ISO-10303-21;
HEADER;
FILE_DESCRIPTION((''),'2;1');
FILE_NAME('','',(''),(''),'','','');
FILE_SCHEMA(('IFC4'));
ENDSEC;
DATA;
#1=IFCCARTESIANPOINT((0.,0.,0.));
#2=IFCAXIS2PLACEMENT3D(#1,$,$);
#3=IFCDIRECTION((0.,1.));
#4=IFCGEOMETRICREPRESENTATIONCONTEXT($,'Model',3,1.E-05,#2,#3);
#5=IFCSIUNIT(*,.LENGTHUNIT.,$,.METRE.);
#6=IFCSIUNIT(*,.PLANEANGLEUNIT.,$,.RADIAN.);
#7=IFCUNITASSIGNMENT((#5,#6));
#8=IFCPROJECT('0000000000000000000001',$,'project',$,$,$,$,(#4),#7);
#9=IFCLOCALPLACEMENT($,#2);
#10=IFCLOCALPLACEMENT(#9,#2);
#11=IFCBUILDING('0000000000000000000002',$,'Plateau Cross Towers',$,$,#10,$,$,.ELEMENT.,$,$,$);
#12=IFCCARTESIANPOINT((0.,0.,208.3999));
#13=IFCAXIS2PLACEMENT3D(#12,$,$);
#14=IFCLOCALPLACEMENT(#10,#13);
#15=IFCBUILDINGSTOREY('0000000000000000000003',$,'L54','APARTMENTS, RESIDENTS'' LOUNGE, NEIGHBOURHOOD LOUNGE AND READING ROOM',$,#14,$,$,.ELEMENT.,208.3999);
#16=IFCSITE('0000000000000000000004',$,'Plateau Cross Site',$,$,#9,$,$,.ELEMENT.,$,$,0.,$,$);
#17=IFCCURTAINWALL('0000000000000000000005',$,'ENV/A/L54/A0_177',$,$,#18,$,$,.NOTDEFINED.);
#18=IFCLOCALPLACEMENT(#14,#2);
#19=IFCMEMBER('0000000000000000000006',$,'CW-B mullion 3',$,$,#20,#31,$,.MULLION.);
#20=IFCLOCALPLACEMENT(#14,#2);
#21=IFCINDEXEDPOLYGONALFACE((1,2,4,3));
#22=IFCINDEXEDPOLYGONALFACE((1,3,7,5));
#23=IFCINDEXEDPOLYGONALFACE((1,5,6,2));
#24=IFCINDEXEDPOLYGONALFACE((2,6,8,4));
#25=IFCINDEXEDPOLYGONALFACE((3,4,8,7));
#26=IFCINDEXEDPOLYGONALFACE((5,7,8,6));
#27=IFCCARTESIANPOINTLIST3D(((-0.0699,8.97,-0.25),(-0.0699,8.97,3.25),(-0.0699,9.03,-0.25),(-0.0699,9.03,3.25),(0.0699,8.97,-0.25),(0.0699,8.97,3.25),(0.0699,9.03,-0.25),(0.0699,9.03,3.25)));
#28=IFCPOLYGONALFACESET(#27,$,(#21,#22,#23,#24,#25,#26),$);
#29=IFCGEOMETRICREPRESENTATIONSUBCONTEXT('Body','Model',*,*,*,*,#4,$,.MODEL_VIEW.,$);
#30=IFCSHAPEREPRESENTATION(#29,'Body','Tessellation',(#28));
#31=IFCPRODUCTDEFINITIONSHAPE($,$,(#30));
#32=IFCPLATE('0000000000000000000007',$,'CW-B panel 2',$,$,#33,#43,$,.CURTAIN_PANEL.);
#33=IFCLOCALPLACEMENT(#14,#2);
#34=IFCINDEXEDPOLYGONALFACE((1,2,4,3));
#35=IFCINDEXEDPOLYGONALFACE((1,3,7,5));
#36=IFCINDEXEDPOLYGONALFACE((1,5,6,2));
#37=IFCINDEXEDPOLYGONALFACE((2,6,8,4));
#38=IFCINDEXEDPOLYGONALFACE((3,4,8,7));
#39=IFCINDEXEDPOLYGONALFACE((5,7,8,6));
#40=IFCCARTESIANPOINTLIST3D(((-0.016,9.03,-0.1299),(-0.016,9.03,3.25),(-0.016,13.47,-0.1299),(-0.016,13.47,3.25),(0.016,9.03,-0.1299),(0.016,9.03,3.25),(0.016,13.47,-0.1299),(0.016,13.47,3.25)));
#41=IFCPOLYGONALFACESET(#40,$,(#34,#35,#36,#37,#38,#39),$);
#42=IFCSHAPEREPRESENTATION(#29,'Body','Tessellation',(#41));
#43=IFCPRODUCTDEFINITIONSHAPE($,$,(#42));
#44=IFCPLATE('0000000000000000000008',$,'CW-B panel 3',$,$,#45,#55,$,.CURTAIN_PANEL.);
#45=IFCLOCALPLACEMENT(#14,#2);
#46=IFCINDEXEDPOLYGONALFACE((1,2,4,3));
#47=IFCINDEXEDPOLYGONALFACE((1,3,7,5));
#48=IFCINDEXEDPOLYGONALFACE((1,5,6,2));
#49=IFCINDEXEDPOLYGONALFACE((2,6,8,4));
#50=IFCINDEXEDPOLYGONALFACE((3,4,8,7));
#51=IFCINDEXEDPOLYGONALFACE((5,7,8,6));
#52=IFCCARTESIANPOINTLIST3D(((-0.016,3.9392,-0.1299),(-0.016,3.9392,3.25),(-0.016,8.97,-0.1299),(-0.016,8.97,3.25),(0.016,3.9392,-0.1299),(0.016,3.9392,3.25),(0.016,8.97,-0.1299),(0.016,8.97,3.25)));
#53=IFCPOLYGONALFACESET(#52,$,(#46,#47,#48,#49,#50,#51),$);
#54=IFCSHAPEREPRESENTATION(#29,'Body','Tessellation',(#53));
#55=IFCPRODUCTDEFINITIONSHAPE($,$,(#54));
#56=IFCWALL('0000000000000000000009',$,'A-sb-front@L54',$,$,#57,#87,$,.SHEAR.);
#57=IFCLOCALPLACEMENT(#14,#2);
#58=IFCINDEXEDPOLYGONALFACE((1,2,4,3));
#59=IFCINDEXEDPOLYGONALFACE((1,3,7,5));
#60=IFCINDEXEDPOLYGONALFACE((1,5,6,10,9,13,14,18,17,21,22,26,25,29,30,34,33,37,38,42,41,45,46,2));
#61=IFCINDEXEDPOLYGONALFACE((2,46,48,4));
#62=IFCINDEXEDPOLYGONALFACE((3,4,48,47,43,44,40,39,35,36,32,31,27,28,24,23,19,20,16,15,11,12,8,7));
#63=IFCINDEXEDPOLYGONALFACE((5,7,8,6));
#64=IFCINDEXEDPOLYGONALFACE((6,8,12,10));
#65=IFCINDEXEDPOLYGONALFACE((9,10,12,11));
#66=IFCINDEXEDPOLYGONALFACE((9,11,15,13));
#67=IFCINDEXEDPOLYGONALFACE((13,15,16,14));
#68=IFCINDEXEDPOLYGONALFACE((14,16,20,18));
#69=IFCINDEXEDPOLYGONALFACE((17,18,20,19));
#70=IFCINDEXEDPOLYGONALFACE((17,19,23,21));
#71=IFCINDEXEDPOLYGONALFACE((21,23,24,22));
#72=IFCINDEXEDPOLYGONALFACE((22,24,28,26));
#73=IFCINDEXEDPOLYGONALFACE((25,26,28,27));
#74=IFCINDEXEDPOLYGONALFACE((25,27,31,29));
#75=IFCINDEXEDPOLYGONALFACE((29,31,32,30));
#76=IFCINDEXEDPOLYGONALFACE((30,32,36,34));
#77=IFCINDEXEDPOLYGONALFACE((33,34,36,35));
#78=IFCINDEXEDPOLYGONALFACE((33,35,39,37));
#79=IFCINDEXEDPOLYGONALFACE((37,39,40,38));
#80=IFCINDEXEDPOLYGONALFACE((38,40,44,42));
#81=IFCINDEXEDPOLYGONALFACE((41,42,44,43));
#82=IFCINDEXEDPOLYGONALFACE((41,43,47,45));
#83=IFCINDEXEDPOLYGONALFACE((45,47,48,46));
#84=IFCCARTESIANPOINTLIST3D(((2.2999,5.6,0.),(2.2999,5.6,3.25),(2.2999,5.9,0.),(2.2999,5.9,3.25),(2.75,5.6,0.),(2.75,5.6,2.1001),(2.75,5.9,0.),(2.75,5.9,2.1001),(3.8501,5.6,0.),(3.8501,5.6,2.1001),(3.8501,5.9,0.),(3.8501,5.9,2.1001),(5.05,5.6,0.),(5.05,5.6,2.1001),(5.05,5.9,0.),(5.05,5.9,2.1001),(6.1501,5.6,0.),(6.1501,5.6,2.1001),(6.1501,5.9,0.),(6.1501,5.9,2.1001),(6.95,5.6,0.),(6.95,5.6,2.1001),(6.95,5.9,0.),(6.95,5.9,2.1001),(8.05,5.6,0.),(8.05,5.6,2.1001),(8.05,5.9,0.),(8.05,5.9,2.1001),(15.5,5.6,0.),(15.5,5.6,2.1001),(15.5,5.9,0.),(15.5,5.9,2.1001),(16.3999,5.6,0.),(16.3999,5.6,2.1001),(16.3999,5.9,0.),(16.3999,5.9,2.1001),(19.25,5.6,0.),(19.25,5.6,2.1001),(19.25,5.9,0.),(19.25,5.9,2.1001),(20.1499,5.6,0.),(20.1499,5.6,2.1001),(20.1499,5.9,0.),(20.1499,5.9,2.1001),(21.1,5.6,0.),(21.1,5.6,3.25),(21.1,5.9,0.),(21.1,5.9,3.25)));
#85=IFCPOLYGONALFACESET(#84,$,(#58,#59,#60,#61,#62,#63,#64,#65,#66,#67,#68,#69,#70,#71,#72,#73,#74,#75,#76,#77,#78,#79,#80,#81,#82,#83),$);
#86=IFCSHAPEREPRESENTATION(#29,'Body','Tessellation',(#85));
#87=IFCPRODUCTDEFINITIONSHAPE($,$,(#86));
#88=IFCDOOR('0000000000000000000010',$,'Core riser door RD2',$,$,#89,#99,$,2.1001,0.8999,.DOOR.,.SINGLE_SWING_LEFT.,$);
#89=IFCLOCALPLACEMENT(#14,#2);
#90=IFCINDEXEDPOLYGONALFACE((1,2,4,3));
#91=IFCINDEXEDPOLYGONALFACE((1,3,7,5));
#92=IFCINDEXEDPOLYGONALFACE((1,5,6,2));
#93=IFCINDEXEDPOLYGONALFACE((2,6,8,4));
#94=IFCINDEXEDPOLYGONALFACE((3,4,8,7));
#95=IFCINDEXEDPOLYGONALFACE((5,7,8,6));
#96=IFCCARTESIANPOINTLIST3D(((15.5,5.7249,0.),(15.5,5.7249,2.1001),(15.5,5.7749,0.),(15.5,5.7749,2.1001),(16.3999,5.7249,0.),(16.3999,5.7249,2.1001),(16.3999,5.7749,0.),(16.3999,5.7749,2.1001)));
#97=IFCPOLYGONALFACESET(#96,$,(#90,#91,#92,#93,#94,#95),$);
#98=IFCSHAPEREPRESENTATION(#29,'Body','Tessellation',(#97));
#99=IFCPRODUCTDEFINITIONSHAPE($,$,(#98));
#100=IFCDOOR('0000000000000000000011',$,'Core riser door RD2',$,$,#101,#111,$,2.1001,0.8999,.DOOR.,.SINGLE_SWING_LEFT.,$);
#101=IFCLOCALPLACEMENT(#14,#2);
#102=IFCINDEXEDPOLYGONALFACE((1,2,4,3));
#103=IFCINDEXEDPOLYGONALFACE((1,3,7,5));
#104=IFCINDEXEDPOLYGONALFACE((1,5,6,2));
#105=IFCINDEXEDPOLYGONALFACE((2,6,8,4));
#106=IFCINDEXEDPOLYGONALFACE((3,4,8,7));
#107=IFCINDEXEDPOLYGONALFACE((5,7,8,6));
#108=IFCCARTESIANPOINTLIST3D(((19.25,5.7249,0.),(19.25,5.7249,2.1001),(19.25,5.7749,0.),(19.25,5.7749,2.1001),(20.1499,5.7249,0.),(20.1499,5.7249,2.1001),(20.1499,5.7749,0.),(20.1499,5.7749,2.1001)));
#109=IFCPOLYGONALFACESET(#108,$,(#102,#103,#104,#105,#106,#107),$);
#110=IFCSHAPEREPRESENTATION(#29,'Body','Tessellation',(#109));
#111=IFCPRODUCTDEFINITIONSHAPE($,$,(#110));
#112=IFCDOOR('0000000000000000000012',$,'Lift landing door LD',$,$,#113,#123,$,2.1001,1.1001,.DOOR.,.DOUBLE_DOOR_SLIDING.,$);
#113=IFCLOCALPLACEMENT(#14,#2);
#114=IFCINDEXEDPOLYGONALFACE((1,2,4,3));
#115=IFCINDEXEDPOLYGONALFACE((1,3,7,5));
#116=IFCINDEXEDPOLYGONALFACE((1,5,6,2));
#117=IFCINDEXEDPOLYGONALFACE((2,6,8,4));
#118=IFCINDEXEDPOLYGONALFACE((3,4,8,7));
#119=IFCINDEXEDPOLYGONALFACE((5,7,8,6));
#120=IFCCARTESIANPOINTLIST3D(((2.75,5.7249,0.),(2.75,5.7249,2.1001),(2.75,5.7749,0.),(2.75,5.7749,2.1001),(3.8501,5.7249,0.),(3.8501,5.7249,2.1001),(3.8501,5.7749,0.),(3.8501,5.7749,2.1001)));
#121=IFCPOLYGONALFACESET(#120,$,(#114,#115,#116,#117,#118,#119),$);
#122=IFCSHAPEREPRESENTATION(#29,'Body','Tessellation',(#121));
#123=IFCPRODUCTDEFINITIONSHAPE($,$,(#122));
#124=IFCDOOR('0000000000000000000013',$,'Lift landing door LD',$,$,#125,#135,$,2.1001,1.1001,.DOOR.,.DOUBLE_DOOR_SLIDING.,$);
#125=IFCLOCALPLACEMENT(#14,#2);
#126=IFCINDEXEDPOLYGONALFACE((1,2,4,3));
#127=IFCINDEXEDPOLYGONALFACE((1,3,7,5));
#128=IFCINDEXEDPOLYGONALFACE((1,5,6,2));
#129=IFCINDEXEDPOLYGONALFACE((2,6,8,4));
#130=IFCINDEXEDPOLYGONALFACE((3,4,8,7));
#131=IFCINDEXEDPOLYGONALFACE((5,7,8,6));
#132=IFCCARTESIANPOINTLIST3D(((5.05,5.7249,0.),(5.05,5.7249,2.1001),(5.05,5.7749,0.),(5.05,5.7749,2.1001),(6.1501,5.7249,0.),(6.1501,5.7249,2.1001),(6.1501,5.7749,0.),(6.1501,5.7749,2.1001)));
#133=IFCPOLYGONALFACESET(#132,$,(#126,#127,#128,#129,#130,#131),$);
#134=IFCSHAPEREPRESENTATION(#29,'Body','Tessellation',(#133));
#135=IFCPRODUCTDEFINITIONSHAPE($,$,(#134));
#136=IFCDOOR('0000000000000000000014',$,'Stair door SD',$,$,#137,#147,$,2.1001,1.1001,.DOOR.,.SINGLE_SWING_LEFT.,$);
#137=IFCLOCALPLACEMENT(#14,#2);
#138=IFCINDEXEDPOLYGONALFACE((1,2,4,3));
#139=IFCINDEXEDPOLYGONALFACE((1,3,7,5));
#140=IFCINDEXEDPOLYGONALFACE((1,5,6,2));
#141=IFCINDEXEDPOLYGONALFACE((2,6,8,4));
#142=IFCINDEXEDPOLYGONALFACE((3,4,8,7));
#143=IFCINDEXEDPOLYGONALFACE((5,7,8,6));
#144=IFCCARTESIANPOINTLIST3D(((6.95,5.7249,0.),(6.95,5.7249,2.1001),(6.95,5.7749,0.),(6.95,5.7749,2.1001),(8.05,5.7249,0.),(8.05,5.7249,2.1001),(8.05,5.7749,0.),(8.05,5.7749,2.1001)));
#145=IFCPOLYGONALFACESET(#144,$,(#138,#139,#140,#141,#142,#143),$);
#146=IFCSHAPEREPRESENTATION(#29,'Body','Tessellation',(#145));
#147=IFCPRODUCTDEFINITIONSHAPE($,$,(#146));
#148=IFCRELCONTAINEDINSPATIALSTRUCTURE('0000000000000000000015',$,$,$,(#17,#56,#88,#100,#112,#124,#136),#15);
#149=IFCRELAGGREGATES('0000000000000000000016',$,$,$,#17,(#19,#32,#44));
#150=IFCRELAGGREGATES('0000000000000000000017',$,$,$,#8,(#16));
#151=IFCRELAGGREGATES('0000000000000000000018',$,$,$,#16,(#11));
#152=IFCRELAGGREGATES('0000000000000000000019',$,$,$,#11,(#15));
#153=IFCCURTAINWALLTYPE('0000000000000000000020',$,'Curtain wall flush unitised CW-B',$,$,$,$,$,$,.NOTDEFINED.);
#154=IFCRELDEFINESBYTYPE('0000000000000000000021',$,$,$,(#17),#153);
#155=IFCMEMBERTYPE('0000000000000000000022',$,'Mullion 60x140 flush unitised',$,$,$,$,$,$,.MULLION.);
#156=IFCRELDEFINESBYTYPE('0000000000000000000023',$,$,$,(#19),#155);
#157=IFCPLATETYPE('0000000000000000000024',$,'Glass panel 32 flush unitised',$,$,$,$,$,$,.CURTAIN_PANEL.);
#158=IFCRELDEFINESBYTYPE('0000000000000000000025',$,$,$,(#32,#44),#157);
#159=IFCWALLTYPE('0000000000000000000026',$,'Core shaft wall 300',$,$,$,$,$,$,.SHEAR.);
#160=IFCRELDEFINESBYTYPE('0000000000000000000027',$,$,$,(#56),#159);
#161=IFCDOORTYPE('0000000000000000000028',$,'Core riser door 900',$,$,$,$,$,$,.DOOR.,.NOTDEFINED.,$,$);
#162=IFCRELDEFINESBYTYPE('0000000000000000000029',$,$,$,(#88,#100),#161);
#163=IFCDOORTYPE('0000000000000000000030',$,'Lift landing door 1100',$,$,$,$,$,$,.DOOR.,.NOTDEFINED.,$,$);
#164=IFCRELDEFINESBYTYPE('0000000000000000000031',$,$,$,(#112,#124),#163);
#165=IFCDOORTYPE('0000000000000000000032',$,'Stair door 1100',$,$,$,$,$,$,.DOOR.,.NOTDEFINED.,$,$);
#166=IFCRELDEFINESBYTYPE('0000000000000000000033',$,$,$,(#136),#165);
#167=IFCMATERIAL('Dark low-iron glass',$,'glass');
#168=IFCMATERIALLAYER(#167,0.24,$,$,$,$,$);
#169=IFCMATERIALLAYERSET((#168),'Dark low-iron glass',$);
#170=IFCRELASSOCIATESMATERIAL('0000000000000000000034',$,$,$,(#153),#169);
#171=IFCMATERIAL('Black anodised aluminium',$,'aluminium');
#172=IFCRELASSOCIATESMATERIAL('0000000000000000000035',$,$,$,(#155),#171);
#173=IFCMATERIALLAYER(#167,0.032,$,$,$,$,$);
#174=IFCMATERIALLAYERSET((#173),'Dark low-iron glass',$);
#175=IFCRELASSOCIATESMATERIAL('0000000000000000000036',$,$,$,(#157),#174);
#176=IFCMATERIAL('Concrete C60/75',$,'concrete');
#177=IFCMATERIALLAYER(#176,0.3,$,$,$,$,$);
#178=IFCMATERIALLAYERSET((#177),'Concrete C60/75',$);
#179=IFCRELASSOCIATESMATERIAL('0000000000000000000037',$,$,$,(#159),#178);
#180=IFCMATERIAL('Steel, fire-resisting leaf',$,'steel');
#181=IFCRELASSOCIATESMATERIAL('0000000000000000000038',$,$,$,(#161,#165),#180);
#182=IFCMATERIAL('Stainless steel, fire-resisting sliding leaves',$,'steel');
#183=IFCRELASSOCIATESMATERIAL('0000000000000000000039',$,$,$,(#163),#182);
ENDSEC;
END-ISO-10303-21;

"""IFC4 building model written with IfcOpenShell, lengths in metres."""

from ifc_helpers import new_model, si_unit, direction, frame, frame_2d, origin, origin_2d, place, context, subcontext, project, spatial, rectangle, extrude, material, layer, layer_set, material_profile, profile_set, type_object, element, fill, aggregate, save


model = new_model("IFC4")

# Units and contexts
model_context = context("Model", 3, precision=1e-05, world=origin(), true_north=direction((0.0, 1.0)))
body_context = subcontext(model_context, "Body", "Model", "MODEL_VIEW")
ifc_project = project(units=[si_unit("LENGTHUNIT", "METRE"), si_unit("PLANEANGLEUNIT", "RADIAN")], contexts=[model_context])

# Site, building, storey
site_placement = place(None, origin())
site = spatial("IfcSite", under=ifc_project, at=site_placement, Name="Plateau Cross Site", CompositionType="ELEMENT", RefElevation=0.0)
building_placement = place(site_placement, origin())
building = spatial("IfcBuilding", under=site, at=building_placement, Name="Plateau Cross Towers", CompositionType="ELEMENT")
storey_placement = place(building_placement, frame((0.0, 0.0, 208.3999)))
storey = spatial("IfcBuildingStorey", under=building, at=storey_placement, Name="L54", Description="APARTMENTS, RESIDENTS' LOUNGE, NEIGHBOURHOOD LOUNGE AND READING ROOM", CompositionType="ELEMENT", Elevation=208.3999)

# Curtain wall, member, plates
ifc_material_1 = material(Name="Dark low-iron glass", Category="glass")
ifc_layer_1 = layer(ifc_material_1, 0.24)
ifc_layer_set_1 = layer_set([ifc_layer_1], Name="Dark low-iron glass")
curtain_wall_type = type_object("IfcCurtainWallType", Name="Curtain wall flush unitised CW-B", PredefinedType="NOTDEFINED", material=ifc_layer_set_1)
curtain_wall_placement = place(storey_placement, origin())
curtain_wall = element("IfcCurtainWall", 1, at=curtain_wall_placement, inside=storey, type_object=curtain_wall_type, Name="ENV/A/L54/A0_177", PredefinedType="NOTDEFINED")
ifc_material_2 = material(Name="Black anodised aluminium", Category="aluminium")
ifc_material_profile = material_profile(ifc_material_2, rectangle(XDim=0.0601, YDim=0.1399, at=origin_2d()), Name="MULLION 60x140")
ifc_profile_set = profile_set([ifc_material_profile], Name="Black anodised aluminium")
member_type = type_object("IfcMemberType", Name="Mullion 60x140 flush unitised", PredefinedType="MULLION", material=ifc_profile_set)
member_placement = place(storey_placement, frame((0.0, 9.0, -0.25), z_axis=(0.0, 0.0, 1.0), x_axis=(0.0, -1.0, 0.0)))
member = element("IfcMember", 2, at=member_placement, type_object=member_type, Name="CW-B mullion 3", PredefinedType="MULLION", context=body_context, shape_type="SweptSolid", body=[
    extrude(rectangle(XDim=0.0601, YDim=0.1399, at=origin_2d()), origin(), (0.0, 0.0, 1.0), 3.5),
])
ifc_layer_2 = layer(ifc_material_1, 0.032)
ifc_layer_set_2 = layer_set([ifc_layer_2], Name="Dark low-iron glass")
plate_type = type_object("IfcPlateType", Name="Glass panel 32 flush unitised", PredefinedType="CURTAIN_PANEL", material=ifc_layer_set_2)
plate_1_placement = place(storey_placement, frame((0.0, 11.25, -0.1299), z_axis=(0.0, 0.0, 1.0), x_axis=(0.0, -1.0, 0.0)))
plate_1 = element("IfcPlate", 3, at=plate_1_placement, type_object=plate_type, Name="CW-B panel 2", PredefinedType="CURTAIN_PANEL", context=body_context, shape_type="SweptSolid", body=[
    extrude(rectangle(XDim=4.4399, YDim=0.032, at=origin_2d()), origin(), (0.0, 0.0, 1.0), 3.3799),
])
plate_2_placement = place(storey_placement, frame((0.0, 6.4546, -0.1299), z_axis=(0.0, 0.0, 1.0), x_axis=(0.0, -1.0, 0.0)))
plate_2 = element("IfcPlate", 4, at=plate_2_placement, type_object=plate_type, Name="CW-B panel 3", PredefinedType="CURTAIN_PANEL", context=body_context, shape_type="SweptSolid", body=[
    extrude(rectangle(XDim=5.0308, YDim=0.032, at=origin_2d()), origin(), (0.0, 0.0, 1.0), 3.3799),
])
aggregate(curtain_wall, [member, plate_1, plate_2])

# Wall, openings, doors
ifc_material_3 = material(Name="Concrete C60/75", Category="concrete")
ifc_layer_3 = layer(ifc_material_3, 0.3)
ifc_layer_set_3 = layer_set([ifc_layer_3], Name="Concrete C60/75")
wall_type = type_object("IfcWallType", Name="Core shaft wall 300", PredefinedType="SHEAR", material=ifc_layer_set_3)
wall_1_placement = place(storey_placement, frame((2.3, 5.75, 0.0), z_axis=(0.0, 0.0, 1.0), x_axis=(1.0, 0.0, 0.0)))
wall_1 = element("IfcWall", 5, at=wall_1_placement, inside=storey, type_object=wall_type, Name="A-sb-front@L54", PredefinedType="SHEAR", context=body_context, shape_type="SweptSolid", body=[
    extrude(rectangle(XDim=18.8, YDim=0.3, at=frame_2d((9.3999, 0.0))), origin(), (0.0, 0.0, 1.0), 3.25),
])
opening_1_placement = place(wall_1_placement, frame((4.6499, 0.0, 0.0)))
opening_1 = element("IfcOpeningElement", 6, at=opening_1_placement, cuts=wall_1, PredefinedType="OPENING", context=body_context, shape_type="SweptSolid", body=[
    extrude(rectangle(XDim=1.1001, YDim=2.1001, at=frame_2d((0.55, 1.05))), frame((0.0, 0.1599, 0.0), z_axis=(0.0, -1.0, 0.0), x_axis=(1.0, 0.0, 0.0)), (0.0, 0.0, 1.0), 0.3201),
])
opening_2_placement = place(wall_1_placement, frame((0.45, 0.0, 0.0)))
opening_2 = element("IfcOpeningElement", 7, at=opening_2_placement, cuts=wall_1, PredefinedType="OPENING", context=body_context, shape_type="SweptSolid", body=[
    extrude(rectangle(XDim=1.1001, YDim=2.1001, at=frame_2d((0.55, 1.05))), frame((0.0, 0.1599, 0.0), z_axis=(0.0, -1.0, 0.0), x_axis=(1.0, 0.0, 0.0)), (0.0, 0.0, 1.0), 0.3201),
])
opening_3_placement = place(wall_1_placement, frame((2.75, 0.0, 0.0)))
opening_3 = element("IfcOpeningElement", 8, at=opening_3_placement, cuts=wall_1, PredefinedType="OPENING", context=body_context, shape_type="SweptSolid", body=[
    extrude(rectangle(XDim=1.1001, YDim=2.1001, at=frame_2d((0.55, 1.05))), frame((0.0, 0.1599, 0.0), z_axis=(0.0, -1.0, 0.0), x_axis=(1.0, 0.0, 0.0)), (0.0, 0.0, 1.0), 0.3201),
])
opening_4_placement = place(wall_1_placement, frame((13.2, 0.0, 0.0)))
opening_4 = element("IfcOpeningElement", 9, at=opening_4_placement, cuts=wall_1, PredefinedType="OPENING", context=body_context, shape_type="SweptSolid", body=[
    extrude(rectangle(XDim=0.8999, YDim=2.1001, at=frame_2d((0.45, 1.05))), frame((0.0, 0.1599, 0.0), z_axis=(0.0, -1.0, 0.0), x_axis=(1.0, 0.0, 0.0)), (0.0, 0.0, 1.0), 0.3201),
])
opening_5_placement = place(wall_1_placement, frame((16.95, 0.0, 0.0)))
opening_5 = element("IfcOpeningElement", 10, at=opening_5_placement, cuts=wall_1, PredefinedType="OPENING", context=body_context, shape_type="SweptSolid", body=[
    extrude(rectangle(XDim=0.8999, YDim=2.1001, at=frame_2d((0.45, 1.05))), frame((0.0, 0.1599, 0.0), z_axis=(0.0, -1.0, 0.0), x_axis=(1.0, 0.0, 0.0)), (0.0, 0.0, 1.0), 0.3201),
])
ifc_material_4 = material(Name="Steel, fire-resisting leaf", Category="steel")
door_type_1 = type_object("IfcDoorType", Name="Core riser door 900", OperationType="NOTDEFINED", PredefinedType="DOOR", material=ifc_material_4)
door_1_placement = place(opening_4_placement, origin())
door_1 = element("IfcDoor", 11, at=door_1_placement, inside=storey, type_object=door_type_1, Name="Core riser door RD2", OperationType="SINGLE_SWING_LEFT", OverallHeight=2.1001, OverallWidth=0.8999, PredefinedType="DOOR", context=body_context, shape_type="SweptSolid", body=[
    extrude(rectangle(XDim=0.8999, YDim=2.1001, at=frame_2d((0.45, 1.05))), frame((0.0, 0.0249, 0.0), z_axis=(0.0, -1.0, 0.0), x_axis=(1.0, 0.0, 0.0)), (0.0, 0.0, 1.0), 0.05),
])
fill(opening_4, door_1)
door_2_placement = place(opening_5_placement, origin())
door_2 = element("IfcDoor", 12, at=door_2_placement, inside=storey, type_object=door_type_1, Name="Core riser door RD2", OperationType="SINGLE_SWING_LEFT", OverallHeight=2.1001, OverallWidth=0.8999, PredefinedType="DOOR", context=body_context, shape_type="SweptSolid", body=[
    extrude(rectangle(XDim=0.8999, YDim=2.1001, at=frame_2d((0.45, 1.05))), frame((0.0, 0.0249, 0.0), z_axis=(0.0, -1.0, 0.0), x_axis=(1.0, 0.0, 0.0)), (0.0, 0.0, 1.0), 0.05),
])
fill(opening_5, door_2)
ifc_material_5 = material(Name="Stainless steel, fire-resisting sliding leaves", Category="steel")
door_type_2 = type_object("IfcDoorType", Name="Lift landing door 1100", OperationType="NOTDEFINED", PredefinedType="DOOR", material=ifc_material_5)
door_3_placement = place(opening_2_placement, origin())
door_3 = element("IfcDoor", 13, at=door_3_placement, inside=storey, type_object=door_type_2, Name="Lift landing door LD", OperationType="DOUBLE_DOOR_SLIDING", OverallHeight=2.1001, OverallWidth=1.1001, PredefinedType="DOOR", context=body_context, shape_type="SweptSolid", body=[
    extrude(rectangle(XDim=1.1001, YDim=2.1001, at=frame_2d((0.55, 1.05))), frame((0.0, 0.0249, 0.0), z_axis=(0.0, -1.0, 0.0), x_axis=(1.0, 0.0, 0.0)), (0.0, 0.0, 1.0), 0.05),
])
fill(opening_2, door_3)
door_4_placement = place(opening_3_placement, origin())
door_4 = element("IfcDoor", 14, at=door_4_placement, inside=storey, type_object=door_type_2, Name="Lift landing door LD", OperationType="DOUBLE_DOOR_SLIDING", OverallHeight=2.1001, OverallWidth=1.1001, PredefinedType="DOOR", context=body_context, shape_type="SweptSolid", body=[
    extrude(rectangle(XDim=1.1001, YDim=2.1001, at=frame_2d((0.55, 1.05))), frame((0.0, 0.0249, 0.0), z_axis=(0.0, -1.0, 0.0), x_axis=(1.0, 0.0, 0.0)), (0.0, 0.0, 1.0), 0.05),
])
fill(opening_3, door_4)
door_type_3 = type_object("IfcDoorType", Name="Stair door 1100", OperationType="NOTDEFINED", PredefinedType="DOOR", material=ifc_material_4)
door_5_placement = place(opening_1_placement, origin())
door_5 = element("IfcDoor", 15, at=door_5_placement, inside=storey, type_object=door_type_3, Name="Stair door SD", OperationType="SINGLE_SWING_LEFT", OverallHeight=2.1001, OverallWidth=1.1001, PredefinedType="DOOR", context=body_context, shape_type="SweptSolid", body=[
    extrude(rectangle(XDim=1.1001, YDim=2.1001, at=frame_2d((0.55, 1.05))), frame((0.0, 0.0249, 0.0), z_axis=(0.0, -1.0, 0.0), x_axis=(1.0, 0.0, 0.0)), (0.0, 0.0, 1.0), 0.05),
])
fill(opening_1, door_5)

save(model, "model.ifc")
